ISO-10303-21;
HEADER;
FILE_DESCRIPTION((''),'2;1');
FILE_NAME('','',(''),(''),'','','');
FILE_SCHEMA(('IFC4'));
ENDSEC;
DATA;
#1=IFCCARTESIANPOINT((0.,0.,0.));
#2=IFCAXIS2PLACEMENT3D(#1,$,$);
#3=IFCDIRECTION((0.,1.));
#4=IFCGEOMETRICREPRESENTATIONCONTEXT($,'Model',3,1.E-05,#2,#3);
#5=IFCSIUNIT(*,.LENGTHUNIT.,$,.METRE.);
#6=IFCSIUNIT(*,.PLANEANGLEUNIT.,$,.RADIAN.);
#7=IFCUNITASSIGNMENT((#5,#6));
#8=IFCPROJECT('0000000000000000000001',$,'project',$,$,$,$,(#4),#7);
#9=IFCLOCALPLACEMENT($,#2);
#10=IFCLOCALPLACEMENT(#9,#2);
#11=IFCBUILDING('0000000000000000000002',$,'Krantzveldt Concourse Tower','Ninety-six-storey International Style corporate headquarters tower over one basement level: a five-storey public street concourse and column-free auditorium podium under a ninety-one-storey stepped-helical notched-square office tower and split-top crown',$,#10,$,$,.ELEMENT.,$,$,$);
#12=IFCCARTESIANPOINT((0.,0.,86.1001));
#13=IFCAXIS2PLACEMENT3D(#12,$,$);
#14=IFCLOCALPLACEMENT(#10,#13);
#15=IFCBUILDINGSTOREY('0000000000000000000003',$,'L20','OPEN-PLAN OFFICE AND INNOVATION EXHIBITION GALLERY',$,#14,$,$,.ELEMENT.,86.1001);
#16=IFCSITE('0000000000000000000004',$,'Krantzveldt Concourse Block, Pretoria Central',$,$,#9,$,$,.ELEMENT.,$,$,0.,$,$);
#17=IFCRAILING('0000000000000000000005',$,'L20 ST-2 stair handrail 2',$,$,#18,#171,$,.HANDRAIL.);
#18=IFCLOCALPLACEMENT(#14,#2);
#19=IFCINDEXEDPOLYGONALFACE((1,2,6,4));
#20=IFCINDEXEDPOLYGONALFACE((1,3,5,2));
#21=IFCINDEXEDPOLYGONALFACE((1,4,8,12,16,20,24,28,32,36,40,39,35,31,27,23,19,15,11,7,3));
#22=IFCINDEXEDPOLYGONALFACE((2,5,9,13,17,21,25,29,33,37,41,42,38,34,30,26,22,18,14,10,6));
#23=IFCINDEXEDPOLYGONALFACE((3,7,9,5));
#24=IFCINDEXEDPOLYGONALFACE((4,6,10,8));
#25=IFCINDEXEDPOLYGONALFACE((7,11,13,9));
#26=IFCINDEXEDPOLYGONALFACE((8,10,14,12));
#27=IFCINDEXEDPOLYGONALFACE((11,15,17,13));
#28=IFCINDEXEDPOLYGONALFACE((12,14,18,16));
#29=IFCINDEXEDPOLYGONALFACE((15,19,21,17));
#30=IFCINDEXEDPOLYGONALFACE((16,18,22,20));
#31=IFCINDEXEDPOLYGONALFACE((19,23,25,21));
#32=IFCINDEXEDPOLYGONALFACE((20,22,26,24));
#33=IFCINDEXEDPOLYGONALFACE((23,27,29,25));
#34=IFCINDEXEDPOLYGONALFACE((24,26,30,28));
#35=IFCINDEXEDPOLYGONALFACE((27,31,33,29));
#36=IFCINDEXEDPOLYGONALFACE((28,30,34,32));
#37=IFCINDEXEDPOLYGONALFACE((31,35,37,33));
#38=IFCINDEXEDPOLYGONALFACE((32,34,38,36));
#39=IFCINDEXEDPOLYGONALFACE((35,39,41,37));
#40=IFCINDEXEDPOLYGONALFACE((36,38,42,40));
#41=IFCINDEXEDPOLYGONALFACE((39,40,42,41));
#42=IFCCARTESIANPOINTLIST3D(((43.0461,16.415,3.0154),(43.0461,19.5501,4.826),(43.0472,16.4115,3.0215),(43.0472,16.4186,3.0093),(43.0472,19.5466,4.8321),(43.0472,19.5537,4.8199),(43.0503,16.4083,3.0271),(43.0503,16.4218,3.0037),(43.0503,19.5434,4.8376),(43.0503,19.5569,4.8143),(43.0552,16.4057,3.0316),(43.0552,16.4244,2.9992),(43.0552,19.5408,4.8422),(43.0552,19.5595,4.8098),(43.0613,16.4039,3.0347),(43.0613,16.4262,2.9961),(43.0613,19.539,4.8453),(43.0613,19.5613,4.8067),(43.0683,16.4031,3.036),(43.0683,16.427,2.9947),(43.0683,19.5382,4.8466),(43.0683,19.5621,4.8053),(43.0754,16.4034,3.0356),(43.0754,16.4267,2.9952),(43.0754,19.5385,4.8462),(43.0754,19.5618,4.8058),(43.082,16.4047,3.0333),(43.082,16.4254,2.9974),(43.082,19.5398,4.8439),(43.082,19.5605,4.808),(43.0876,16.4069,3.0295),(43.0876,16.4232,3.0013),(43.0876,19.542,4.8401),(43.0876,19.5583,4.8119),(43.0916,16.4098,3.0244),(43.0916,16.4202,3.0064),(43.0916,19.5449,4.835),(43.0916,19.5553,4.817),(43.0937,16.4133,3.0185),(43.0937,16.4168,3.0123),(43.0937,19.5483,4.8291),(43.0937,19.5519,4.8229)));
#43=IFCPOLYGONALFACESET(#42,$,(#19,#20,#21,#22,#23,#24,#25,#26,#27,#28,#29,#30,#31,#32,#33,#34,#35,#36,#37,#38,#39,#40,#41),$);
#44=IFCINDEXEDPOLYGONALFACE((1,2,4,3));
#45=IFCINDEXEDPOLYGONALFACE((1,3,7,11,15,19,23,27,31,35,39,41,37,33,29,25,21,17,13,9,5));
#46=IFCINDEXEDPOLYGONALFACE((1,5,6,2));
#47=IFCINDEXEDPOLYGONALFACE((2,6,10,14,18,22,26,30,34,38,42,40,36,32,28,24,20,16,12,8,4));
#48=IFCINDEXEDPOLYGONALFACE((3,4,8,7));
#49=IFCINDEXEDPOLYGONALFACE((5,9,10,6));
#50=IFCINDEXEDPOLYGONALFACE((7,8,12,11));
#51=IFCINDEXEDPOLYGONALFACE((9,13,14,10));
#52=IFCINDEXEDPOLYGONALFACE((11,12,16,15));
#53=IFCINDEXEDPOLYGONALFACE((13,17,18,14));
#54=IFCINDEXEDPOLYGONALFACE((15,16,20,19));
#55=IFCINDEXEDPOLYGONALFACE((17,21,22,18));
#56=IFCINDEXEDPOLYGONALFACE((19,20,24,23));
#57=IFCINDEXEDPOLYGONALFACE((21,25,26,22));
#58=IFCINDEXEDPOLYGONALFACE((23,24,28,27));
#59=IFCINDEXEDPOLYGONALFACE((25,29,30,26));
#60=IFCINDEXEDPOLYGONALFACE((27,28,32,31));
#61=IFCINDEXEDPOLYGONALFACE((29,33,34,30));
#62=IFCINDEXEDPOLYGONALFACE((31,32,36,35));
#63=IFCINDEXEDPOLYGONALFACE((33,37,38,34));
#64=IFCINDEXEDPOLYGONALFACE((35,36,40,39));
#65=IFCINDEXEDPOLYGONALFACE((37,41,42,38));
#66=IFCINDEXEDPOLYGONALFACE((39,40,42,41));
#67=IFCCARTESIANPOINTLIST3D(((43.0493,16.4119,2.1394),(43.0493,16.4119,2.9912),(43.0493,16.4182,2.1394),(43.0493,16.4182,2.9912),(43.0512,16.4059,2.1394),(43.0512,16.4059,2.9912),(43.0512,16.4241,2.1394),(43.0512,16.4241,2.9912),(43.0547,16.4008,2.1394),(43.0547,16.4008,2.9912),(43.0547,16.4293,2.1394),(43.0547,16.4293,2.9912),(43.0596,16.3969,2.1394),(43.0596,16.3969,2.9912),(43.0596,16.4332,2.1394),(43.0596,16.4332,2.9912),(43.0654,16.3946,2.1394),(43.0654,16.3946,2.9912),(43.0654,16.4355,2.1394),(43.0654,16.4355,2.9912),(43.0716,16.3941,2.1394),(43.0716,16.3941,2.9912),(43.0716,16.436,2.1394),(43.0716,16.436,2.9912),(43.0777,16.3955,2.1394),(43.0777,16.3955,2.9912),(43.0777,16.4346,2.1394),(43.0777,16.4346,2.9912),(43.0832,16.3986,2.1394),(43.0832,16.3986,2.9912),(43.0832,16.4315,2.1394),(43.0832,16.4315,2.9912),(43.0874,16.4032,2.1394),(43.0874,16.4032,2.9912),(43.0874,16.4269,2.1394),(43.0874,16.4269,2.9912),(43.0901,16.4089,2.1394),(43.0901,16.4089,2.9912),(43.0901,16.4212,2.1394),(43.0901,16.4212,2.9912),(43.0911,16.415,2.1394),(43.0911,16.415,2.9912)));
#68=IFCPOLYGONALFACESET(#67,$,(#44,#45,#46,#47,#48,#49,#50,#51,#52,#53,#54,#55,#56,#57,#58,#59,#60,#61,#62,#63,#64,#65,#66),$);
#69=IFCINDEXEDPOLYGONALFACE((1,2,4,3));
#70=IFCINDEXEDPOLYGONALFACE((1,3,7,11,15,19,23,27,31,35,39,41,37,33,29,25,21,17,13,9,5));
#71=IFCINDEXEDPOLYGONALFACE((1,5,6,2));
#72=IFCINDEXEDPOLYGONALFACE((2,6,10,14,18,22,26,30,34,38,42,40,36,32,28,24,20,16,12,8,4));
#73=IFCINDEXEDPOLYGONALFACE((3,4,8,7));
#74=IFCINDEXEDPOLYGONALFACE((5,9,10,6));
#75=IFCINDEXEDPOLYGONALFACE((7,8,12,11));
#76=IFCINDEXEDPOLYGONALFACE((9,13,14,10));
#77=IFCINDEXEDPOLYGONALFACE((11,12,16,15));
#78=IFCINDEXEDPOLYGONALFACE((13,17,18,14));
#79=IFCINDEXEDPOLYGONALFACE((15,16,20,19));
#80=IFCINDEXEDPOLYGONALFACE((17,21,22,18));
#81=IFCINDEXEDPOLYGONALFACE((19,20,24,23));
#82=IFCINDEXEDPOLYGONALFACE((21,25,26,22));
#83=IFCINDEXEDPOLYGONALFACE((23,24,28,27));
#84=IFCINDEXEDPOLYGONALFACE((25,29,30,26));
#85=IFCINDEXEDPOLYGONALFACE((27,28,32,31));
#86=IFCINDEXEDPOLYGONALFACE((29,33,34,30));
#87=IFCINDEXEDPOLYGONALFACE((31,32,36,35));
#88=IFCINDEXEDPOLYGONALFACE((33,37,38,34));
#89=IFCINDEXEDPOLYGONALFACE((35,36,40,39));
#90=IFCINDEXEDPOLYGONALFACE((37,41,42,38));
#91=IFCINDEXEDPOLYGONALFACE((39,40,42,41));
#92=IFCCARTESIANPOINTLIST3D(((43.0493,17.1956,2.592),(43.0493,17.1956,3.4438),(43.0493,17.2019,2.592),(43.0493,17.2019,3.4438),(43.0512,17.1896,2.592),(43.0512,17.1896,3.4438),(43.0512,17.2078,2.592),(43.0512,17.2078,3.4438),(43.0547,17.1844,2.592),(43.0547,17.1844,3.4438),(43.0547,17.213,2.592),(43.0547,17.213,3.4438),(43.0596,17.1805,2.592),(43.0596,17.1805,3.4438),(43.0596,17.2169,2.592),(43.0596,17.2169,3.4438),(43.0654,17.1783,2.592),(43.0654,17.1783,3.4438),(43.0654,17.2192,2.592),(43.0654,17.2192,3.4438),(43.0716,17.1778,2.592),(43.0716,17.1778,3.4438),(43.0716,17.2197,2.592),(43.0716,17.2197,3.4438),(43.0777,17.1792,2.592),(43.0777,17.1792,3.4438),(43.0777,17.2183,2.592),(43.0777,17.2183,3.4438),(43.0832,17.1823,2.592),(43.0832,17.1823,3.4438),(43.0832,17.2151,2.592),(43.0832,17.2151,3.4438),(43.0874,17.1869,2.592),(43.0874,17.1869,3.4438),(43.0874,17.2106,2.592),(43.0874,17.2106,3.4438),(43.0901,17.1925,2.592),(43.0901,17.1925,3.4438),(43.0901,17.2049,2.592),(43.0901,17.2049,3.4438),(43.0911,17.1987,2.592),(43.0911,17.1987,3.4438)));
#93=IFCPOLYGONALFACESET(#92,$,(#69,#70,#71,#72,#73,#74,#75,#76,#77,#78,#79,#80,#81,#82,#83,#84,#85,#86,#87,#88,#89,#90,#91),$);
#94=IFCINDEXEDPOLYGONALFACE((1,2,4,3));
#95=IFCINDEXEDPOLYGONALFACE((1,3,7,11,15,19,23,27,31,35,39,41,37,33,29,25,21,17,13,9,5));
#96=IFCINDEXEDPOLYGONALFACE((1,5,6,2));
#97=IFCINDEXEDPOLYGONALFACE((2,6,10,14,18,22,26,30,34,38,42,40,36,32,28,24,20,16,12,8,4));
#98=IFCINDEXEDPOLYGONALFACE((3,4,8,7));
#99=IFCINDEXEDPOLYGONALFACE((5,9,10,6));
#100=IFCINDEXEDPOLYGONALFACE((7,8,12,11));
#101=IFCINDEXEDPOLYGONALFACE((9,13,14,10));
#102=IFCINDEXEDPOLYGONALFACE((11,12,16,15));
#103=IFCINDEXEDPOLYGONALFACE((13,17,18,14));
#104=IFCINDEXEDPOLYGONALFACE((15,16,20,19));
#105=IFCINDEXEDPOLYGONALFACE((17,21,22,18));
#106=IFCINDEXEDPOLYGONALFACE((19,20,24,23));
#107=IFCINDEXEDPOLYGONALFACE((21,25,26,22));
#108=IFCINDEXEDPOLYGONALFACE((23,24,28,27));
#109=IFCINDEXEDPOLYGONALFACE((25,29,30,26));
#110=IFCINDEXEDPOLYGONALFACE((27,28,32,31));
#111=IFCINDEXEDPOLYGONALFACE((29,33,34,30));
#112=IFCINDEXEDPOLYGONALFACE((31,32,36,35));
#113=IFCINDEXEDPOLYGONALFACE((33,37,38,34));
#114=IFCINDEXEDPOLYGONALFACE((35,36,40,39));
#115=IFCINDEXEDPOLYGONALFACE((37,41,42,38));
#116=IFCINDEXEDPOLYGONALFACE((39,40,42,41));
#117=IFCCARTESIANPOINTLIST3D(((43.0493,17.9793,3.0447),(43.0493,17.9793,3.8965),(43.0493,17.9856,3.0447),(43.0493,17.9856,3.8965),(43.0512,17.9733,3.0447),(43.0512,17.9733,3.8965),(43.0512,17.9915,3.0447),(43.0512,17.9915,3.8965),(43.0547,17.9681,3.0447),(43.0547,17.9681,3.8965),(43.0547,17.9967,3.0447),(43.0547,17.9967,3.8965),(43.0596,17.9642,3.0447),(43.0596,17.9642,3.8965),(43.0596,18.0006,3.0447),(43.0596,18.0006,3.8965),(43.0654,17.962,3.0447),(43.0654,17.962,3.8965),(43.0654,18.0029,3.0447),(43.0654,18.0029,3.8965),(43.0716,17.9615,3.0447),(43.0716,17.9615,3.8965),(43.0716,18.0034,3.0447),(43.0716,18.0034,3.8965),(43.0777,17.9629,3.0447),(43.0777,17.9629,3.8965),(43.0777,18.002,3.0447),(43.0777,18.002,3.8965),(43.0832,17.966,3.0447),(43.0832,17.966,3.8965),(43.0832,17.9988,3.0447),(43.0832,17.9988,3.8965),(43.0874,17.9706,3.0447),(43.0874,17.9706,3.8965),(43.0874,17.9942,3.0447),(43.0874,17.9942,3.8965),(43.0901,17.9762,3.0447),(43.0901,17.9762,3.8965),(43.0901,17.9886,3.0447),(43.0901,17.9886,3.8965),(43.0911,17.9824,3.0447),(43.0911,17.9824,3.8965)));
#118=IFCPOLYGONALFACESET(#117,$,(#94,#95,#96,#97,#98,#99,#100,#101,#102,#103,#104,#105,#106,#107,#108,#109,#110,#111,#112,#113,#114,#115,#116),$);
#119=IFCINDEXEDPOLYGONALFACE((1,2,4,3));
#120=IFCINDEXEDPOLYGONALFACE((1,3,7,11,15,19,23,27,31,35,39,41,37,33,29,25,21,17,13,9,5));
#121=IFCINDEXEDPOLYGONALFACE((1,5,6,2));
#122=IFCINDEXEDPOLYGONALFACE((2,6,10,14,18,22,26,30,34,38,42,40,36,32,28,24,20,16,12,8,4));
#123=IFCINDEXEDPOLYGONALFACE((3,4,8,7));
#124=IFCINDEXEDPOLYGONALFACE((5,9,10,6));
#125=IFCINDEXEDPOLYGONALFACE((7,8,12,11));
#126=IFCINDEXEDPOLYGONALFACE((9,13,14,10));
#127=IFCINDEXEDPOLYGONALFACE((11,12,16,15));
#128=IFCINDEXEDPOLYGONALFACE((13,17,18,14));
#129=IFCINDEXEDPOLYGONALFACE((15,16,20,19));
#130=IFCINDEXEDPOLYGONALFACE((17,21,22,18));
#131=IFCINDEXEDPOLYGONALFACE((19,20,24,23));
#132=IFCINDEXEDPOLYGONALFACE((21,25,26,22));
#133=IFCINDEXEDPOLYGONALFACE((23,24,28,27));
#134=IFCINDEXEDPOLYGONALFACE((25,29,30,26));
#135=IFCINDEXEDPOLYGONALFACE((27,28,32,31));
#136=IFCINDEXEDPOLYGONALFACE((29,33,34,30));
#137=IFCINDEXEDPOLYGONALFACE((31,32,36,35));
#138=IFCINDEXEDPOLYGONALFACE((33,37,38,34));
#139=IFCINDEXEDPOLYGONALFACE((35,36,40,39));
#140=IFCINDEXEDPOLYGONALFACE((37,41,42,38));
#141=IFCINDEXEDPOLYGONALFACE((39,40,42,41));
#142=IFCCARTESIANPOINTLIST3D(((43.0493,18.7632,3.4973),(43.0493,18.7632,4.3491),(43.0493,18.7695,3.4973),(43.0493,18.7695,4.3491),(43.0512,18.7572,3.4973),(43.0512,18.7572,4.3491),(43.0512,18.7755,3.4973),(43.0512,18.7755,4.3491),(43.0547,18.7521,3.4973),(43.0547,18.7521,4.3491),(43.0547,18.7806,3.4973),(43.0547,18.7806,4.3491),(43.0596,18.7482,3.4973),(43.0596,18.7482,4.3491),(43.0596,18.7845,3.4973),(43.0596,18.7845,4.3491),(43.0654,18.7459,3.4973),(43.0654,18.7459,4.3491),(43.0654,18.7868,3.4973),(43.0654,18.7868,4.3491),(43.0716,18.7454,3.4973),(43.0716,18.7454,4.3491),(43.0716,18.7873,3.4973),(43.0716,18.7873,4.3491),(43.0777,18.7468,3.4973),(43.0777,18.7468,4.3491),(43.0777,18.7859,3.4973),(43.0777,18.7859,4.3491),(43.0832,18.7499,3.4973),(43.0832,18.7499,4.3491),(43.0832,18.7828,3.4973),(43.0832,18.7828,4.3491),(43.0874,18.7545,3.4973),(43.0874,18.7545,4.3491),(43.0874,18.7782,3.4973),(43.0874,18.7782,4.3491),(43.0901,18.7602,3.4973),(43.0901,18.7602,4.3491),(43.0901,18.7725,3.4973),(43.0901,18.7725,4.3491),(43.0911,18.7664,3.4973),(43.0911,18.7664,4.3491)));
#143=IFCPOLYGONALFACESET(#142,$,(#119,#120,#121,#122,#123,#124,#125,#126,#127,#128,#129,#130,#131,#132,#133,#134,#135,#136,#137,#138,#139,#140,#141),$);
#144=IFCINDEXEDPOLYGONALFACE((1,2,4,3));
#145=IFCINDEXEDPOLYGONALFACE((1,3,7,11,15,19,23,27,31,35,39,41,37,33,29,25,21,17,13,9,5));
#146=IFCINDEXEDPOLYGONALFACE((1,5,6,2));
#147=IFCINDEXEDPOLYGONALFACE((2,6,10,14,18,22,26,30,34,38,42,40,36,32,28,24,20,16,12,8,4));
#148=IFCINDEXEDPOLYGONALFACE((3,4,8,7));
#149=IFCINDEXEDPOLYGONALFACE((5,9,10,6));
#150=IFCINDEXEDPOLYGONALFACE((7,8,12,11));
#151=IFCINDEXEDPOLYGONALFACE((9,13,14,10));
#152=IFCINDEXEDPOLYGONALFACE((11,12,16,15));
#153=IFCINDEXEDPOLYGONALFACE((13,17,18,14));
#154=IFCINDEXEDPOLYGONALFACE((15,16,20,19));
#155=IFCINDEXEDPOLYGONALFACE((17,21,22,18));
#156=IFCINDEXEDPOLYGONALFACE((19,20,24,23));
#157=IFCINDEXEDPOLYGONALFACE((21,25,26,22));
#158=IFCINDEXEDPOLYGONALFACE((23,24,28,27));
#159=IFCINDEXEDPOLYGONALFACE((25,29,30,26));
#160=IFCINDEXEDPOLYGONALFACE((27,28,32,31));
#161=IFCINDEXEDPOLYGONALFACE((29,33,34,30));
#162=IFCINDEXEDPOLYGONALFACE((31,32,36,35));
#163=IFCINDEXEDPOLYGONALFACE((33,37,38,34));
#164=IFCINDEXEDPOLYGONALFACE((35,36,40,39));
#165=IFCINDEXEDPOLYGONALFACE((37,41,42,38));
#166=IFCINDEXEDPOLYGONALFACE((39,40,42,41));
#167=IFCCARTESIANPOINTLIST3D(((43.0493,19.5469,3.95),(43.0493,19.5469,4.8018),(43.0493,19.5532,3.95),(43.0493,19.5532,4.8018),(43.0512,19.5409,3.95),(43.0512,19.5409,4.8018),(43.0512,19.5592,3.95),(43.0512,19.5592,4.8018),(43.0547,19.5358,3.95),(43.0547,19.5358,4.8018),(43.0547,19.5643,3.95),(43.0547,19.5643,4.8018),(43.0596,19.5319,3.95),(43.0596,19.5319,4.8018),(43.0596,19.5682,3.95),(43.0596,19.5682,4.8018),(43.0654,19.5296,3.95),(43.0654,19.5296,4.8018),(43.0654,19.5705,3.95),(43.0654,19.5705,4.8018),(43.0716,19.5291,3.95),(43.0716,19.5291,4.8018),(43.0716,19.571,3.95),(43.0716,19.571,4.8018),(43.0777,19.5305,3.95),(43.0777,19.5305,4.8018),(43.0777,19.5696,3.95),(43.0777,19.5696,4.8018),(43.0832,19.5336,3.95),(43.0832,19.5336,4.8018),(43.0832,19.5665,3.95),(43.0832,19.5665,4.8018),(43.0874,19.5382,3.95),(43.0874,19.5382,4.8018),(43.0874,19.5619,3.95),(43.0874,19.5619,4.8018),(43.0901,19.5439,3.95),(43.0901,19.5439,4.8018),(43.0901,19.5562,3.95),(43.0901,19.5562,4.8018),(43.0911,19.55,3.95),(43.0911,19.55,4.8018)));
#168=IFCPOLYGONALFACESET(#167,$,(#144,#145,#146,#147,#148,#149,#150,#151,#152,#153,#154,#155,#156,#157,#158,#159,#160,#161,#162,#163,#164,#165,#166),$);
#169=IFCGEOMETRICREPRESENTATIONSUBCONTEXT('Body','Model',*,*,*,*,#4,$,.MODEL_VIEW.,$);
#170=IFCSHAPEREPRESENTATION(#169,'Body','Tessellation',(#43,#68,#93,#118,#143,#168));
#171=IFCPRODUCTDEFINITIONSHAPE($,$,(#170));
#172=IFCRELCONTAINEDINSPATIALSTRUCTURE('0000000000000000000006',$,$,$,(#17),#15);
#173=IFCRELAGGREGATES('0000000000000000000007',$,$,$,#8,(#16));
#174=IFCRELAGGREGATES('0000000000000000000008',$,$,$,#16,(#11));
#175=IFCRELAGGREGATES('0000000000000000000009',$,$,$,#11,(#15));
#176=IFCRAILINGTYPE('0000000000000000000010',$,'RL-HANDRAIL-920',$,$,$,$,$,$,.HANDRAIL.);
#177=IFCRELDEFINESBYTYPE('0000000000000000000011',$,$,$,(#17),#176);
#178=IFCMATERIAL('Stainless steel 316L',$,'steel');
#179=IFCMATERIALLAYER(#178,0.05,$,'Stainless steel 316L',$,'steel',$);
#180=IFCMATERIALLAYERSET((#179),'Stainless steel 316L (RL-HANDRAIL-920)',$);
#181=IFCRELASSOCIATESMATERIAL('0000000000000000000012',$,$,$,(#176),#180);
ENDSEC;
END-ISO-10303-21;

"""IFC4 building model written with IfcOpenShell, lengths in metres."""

from ifc_helpers import new_model, si_unit, direction, frame, origin, origin_2d, place, context, subcontext, project, spatial, circle, extrude, material, layer, layer_set, type_object, element, save


model = new_model("IFC4")

# Units and contexts
model_context = context("Model", 3, precision=1e-05, world=origin(), true_north=direction((0.0, 1.0)))
body_context = subcontext(model_context, "Body", "Model", "MODEL_VIEW")
ifc_project = project(units=[si_unit("LENGTHUNIT", "METRE"), si_unit("PLANEANGLEUNIT", "RADIAN")], contexts=[model_context])

# Site, building, storey
site_placement = place(None, origin())
site = spatial("IfcSite", under=ifc_project, at=site_placement, Name="Krantzveldt Concourse Block, Pretoria Central", CompositionType="ELEMENT", RefElevation=0.0)
building_placement = place(site_placement, origin())
building = spatial("IfcBuilding", under=site, at=building_placement, Name="Krantzveldt Concourse Tower", Description="Ninety-six-storey International Style corporate headquarters tower over one basement level: a five-storey public street concourse and column-free auditorium podium under a ninety-one-storey stepped-helical notched-square office tower and split-top crown", CompositionType="ELEMENT")
storey_placement = place(building_placement, frame((0.0, 0.0, 86.1001)))
storey = spatial("IfcBuildingStorey", under=building, at=storey_placement, Name="L20", Description="OPEN-PLAN OFFICE AND INNOVATION EXHIBITION GALLERY", CompositionType="ELEMENT", Elevation=86.1001)

# Shared definitions
ifc_material_1 = material(Name="Stainless steel 316L", Category="steel")

# Railing
ifc_layer_1 = layer(ifc_material_1, 0.05, Name="Stainless steel 316L", Category="steel")
ifc_layer_set_1 = layer_set([ifc_layer_1], Name="Stainless steel 316L (RL-HANDRAIL-920)")
railing_type_1 = type_object("IfcRailingType", Name="RL-HANDRAIL-920", PredefinedType="HANDRAIL", material=ifc_layer_set_1)
railing_1_placement = place(storey_placement, frame((43.0701, 16.415, 2.1394)))
element("IfcRailing", 1, at=railing_1_placement, inside=storey, type_object=railing_type_1, Name="L20 ST-2 stair handrail 2", PredefinedType="HANDRAIL", context=body_context, shape_type="SweptSolid", body=[
    extrude(circle(Radius=0.0239, at=origin_2d()), frame((0.0, 0.0, 0.876), z_axis=(0.0, 0.86596, 0.500114), x_axis=(-1.0, 0.0, 0.0)), (0.0, 0.0, 1.0), 3.6204),
    extrude(circle(Radius=0.021, at=origin_2d()), origin(), (0.0, 0.0, 1.0), 0.8518),
    extrude(circle(Radius=0.021, at=origin_2d()), frame((0.0, 0.7837, 0.4526)), (0.0, 0.0, 1.0), 0.8518),
    extrude(circle(Radius=0.021, at=origin_2d()), frame((0.0, 1.5674, 0.9053)), (0.0, 0.0, 1.0), 0.8518),
    extrude(circle(Radius=0.021, at=origin_2d()), frame((0.0, 2.3513, 1.3579)), (0.0, 0.0, 1.0), 0.8518),
    extrude(circle(Radius=0.021, at=origin_2d()), frame((0.0, 3.135, 1.8105)), (0.0, 0.0, 1.0), 0.8518),
])

save(model, "model.ifc")
